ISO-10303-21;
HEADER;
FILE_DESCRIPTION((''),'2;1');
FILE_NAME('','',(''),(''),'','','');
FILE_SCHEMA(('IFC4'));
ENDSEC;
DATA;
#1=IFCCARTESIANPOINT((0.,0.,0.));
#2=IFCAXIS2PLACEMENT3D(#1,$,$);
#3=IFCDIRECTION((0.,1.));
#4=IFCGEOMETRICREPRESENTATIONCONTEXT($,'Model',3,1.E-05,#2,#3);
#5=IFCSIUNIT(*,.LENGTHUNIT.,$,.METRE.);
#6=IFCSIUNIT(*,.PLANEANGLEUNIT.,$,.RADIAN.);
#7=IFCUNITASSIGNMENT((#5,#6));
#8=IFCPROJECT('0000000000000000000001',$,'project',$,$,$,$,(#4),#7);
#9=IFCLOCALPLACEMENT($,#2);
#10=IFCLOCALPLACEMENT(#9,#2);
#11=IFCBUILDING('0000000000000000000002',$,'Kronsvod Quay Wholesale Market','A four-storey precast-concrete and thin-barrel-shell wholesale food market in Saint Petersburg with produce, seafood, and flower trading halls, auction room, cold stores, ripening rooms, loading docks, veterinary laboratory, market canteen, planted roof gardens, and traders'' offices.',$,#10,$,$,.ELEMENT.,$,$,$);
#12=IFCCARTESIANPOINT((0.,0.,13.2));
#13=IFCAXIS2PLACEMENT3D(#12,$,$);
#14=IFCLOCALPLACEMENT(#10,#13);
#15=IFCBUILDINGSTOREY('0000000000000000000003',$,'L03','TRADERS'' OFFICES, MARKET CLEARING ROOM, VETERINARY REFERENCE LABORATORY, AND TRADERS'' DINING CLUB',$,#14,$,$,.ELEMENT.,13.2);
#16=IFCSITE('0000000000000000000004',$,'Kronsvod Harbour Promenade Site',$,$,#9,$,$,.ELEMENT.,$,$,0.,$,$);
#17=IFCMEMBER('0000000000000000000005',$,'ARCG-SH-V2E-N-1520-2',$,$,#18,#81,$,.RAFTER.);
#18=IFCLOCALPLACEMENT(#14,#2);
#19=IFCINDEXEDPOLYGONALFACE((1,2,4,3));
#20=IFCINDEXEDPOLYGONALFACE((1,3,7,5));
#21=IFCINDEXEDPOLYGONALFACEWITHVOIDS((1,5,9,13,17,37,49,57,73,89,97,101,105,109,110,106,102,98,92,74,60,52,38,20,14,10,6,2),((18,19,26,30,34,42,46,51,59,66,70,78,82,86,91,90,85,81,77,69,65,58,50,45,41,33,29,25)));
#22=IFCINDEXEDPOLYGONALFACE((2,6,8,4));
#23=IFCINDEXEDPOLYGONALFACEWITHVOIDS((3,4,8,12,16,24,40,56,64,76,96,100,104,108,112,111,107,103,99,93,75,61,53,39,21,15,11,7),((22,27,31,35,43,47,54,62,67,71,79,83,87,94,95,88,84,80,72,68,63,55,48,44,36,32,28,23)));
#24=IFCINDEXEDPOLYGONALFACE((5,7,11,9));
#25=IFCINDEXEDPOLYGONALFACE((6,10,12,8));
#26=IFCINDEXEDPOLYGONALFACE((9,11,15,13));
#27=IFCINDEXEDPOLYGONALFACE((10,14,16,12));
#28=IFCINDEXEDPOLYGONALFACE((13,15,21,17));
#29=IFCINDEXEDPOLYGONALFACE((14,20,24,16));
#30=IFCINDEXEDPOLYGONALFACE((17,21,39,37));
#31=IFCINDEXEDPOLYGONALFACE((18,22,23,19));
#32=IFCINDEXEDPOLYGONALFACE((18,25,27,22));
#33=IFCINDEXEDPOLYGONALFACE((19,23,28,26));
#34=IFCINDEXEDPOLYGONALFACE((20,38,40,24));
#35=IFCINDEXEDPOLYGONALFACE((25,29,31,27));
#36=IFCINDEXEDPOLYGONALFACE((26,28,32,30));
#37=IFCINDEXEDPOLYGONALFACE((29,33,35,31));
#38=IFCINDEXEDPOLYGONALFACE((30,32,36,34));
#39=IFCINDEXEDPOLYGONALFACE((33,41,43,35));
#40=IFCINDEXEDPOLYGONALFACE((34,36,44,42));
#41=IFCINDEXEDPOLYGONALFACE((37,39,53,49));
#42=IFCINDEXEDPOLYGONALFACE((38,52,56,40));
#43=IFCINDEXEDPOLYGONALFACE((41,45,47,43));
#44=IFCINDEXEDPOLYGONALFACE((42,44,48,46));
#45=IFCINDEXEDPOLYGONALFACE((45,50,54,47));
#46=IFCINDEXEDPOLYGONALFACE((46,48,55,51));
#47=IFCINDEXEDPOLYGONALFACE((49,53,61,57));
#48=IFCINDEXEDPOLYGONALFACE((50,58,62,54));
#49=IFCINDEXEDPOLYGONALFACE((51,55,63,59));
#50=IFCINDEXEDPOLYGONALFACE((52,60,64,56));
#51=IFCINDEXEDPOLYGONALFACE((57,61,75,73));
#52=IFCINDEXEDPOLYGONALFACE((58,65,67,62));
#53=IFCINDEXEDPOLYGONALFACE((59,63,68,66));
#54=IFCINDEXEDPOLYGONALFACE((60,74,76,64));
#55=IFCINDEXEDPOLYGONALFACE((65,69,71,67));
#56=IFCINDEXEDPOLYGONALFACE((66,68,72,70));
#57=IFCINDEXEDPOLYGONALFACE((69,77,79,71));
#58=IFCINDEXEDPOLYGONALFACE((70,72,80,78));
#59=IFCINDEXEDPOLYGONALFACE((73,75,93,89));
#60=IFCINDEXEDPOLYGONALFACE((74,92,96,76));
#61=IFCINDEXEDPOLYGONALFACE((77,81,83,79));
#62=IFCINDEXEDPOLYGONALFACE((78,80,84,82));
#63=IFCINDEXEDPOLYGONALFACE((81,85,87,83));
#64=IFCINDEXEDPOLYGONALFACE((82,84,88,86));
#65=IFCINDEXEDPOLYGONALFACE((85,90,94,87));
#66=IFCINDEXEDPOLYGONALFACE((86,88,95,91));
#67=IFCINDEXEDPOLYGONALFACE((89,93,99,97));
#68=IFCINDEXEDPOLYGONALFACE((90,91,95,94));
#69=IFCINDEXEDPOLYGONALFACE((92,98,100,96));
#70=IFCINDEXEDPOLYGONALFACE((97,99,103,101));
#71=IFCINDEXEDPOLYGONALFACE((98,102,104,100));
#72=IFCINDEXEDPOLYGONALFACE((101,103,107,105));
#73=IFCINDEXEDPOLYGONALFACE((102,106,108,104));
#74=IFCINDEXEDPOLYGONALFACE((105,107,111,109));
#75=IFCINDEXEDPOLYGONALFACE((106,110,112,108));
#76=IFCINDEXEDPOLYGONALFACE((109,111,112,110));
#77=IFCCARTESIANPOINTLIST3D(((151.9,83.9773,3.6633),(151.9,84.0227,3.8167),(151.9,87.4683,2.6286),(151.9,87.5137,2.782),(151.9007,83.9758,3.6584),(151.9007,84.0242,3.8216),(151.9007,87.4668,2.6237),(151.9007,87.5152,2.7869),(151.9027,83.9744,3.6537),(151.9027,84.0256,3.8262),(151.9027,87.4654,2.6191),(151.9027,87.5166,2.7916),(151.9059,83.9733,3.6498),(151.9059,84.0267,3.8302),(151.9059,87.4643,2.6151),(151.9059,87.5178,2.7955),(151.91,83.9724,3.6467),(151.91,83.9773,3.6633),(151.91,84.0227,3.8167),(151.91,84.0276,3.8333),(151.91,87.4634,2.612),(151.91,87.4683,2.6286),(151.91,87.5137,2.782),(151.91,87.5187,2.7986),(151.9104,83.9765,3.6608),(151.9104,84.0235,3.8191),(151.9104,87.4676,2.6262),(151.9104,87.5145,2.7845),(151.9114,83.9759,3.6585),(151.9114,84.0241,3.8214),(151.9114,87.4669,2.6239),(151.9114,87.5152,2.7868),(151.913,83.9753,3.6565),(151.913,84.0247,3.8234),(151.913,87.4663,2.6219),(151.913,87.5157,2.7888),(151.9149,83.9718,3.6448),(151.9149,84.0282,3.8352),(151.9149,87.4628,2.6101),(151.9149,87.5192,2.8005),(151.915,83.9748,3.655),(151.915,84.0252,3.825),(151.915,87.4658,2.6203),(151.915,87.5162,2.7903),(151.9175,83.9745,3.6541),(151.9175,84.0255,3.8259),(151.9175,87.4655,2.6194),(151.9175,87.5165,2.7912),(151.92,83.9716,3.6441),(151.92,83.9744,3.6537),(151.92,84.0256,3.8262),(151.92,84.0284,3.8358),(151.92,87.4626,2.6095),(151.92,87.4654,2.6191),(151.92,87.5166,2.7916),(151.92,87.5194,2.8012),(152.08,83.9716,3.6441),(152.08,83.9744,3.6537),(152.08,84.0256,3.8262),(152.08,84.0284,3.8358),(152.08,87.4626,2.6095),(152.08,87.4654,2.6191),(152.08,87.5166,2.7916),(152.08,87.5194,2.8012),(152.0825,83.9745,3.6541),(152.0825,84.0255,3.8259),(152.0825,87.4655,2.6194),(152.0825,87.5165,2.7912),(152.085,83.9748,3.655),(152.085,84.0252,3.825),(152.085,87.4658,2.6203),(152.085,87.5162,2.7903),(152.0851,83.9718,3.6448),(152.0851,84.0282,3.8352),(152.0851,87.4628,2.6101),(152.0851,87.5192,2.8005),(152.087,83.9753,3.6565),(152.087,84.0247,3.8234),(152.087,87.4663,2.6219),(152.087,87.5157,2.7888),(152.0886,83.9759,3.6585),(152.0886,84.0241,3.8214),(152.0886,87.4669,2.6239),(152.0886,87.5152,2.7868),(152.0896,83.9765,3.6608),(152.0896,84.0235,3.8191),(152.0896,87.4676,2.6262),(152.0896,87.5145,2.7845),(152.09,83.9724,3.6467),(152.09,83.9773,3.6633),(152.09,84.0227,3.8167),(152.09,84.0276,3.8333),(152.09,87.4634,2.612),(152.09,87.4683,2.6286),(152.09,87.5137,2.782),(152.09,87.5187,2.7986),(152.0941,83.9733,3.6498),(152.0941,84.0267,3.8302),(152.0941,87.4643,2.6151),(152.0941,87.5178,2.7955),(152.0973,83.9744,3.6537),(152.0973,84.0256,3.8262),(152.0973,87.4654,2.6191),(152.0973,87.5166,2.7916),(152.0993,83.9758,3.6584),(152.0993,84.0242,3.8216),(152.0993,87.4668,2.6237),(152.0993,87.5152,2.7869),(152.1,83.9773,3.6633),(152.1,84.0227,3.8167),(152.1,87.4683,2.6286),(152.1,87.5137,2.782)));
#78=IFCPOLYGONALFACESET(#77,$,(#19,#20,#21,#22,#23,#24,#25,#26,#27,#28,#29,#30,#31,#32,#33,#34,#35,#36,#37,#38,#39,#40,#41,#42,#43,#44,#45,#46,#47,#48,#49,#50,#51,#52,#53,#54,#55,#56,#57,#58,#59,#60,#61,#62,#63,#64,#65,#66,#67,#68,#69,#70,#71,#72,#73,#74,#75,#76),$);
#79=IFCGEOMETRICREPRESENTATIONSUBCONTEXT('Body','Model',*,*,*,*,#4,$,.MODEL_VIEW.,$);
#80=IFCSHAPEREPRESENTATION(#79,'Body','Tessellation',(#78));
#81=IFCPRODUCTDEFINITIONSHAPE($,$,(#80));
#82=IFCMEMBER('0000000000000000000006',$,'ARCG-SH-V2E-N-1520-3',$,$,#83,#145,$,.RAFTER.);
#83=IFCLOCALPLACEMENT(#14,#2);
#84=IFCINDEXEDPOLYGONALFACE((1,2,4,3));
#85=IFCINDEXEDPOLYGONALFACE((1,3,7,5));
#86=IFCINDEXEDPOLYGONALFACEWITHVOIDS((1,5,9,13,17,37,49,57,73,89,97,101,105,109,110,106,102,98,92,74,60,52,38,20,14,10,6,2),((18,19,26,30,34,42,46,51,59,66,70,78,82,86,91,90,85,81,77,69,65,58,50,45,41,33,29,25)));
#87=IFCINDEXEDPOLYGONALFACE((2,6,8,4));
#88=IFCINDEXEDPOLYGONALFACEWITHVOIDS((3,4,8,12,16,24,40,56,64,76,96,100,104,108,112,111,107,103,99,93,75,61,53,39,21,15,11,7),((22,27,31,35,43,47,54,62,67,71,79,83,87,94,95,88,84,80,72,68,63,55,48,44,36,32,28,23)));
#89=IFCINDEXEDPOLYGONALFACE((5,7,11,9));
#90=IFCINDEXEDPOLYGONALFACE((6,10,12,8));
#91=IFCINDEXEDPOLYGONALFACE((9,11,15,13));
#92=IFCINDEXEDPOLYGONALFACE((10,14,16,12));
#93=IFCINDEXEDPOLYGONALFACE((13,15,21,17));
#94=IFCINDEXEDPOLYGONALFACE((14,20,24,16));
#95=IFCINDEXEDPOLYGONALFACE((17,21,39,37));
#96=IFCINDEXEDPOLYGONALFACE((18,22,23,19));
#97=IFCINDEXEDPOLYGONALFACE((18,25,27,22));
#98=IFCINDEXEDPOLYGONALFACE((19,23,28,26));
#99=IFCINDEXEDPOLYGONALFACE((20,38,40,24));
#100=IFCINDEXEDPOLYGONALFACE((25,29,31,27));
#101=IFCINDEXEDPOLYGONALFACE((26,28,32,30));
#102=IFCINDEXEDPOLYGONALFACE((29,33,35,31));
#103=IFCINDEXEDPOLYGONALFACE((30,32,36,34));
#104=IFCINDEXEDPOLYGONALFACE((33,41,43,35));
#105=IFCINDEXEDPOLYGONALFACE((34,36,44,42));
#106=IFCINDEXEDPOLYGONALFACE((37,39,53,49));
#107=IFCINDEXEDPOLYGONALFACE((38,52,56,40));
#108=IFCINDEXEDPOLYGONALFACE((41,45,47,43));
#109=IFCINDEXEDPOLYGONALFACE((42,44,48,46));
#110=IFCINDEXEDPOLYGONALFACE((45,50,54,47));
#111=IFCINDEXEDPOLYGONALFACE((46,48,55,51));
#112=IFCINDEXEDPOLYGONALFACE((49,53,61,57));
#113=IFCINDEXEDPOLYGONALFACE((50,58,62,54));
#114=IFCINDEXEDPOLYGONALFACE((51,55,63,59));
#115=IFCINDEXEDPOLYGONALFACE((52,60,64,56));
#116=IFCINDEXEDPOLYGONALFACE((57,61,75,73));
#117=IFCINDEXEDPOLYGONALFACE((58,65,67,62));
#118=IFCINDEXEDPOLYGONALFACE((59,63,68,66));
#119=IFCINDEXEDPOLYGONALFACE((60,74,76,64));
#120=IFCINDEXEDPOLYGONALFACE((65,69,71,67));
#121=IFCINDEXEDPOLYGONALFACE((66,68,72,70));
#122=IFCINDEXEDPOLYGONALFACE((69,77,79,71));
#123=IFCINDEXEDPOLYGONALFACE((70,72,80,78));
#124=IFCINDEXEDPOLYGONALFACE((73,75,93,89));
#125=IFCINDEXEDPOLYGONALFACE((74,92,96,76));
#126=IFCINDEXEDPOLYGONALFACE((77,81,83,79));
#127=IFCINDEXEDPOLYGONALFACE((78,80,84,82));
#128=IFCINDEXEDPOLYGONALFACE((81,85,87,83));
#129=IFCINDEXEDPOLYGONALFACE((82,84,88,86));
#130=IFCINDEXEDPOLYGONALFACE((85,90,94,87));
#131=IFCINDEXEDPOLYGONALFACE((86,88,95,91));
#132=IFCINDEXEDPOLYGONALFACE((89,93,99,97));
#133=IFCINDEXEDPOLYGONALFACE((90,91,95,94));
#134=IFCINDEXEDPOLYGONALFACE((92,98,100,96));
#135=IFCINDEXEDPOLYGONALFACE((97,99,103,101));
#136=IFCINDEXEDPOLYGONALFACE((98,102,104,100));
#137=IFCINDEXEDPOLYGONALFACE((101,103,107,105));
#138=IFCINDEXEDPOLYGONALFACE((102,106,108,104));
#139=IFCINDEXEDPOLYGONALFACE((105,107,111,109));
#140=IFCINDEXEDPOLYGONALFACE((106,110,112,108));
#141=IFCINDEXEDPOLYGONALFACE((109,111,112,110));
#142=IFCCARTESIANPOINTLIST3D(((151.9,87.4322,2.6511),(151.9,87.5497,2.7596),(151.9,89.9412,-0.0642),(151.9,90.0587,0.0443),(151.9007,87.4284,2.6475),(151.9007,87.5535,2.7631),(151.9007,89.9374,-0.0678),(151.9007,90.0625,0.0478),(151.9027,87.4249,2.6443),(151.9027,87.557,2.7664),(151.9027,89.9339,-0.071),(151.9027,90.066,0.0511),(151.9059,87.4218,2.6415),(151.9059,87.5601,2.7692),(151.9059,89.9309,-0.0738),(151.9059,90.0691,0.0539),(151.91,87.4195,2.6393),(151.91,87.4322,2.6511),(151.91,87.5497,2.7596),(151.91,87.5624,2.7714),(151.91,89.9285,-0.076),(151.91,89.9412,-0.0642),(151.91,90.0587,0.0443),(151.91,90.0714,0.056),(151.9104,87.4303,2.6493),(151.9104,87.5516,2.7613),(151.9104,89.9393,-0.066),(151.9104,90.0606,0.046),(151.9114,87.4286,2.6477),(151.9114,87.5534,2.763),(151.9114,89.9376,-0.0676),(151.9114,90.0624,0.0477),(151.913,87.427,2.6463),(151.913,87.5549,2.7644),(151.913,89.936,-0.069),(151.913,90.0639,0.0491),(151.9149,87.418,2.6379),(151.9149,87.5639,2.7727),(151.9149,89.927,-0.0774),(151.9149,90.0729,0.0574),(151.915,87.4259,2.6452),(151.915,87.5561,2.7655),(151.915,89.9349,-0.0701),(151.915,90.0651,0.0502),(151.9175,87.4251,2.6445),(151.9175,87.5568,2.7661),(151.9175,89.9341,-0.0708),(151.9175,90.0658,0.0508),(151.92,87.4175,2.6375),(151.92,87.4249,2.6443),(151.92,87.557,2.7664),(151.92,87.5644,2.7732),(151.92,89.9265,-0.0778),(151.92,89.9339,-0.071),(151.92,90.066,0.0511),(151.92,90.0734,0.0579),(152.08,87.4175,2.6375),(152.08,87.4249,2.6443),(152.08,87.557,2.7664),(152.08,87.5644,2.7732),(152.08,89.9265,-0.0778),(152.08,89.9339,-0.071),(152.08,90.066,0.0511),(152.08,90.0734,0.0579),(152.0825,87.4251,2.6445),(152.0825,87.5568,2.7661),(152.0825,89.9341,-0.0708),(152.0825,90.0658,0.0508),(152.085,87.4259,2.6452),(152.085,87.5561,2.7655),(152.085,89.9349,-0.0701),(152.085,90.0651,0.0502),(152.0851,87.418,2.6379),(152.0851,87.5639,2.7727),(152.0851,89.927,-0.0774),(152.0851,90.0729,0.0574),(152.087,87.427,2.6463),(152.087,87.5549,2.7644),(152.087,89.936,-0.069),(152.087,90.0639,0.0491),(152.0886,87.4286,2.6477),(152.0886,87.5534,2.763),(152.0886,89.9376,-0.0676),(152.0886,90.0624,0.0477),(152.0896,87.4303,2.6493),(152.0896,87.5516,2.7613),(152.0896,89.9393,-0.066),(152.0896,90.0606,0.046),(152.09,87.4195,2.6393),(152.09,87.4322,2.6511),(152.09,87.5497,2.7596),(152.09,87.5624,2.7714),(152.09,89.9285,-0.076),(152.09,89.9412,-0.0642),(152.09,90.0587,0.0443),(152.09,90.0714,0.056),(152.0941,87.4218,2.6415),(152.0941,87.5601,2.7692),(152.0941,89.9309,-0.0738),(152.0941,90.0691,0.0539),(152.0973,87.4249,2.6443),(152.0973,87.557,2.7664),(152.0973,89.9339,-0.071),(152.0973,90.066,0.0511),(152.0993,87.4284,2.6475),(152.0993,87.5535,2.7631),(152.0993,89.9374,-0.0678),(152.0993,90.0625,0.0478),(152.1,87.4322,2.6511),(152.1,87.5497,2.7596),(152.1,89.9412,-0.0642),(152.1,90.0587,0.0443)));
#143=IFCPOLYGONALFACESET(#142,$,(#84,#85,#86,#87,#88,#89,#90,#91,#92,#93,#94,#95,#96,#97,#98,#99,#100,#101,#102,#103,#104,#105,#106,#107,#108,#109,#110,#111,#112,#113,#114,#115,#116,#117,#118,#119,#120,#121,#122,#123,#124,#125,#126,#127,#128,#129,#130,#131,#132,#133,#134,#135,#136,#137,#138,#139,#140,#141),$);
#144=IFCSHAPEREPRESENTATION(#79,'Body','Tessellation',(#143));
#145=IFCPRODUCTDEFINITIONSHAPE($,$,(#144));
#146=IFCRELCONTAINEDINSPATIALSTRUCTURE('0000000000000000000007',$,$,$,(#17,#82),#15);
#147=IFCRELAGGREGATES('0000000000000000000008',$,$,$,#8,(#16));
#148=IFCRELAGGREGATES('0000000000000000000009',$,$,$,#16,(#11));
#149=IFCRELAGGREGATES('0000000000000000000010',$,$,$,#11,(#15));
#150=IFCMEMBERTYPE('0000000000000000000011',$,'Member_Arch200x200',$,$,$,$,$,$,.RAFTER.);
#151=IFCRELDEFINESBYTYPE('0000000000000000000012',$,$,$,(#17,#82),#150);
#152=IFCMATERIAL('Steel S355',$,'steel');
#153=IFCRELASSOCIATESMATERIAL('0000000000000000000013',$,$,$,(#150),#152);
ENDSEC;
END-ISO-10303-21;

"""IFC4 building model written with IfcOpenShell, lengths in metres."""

from ifc_helpers import new_model, si_unit, direction, frame, origin, origin_2d, place, context, subcontext, project, spatial, hollow_rectangle, extrude, material, material_profile, profile_set, type_object, element, save


model = new_model("IFC4")

# Units and contexts
model_context = context("Model", 3, precision=1e-05, world=origin(), true_north=direction((0.0, 1.0)))
body_context = subcontext(model_context, "Body", "Model", "MODEL_VIEW")
ifc_project = project(units=[si_unit("LENGTHUNIT", "METRE"), si_unit("PLANEANGLEUNIT", "RADIAN")], contexts=[model_context])

# Site, building, storey
site_placement = place(None, origin())
site = spatial("IfcSite", under=ifc_project, at=site_placement, Name="Kronsvod Harbour Promenade Site", CompositionType="ELEMENT", RefElevation=0.0)
building_placement = place(site_placement, origin())
building = spatial("IfcBuilding", under=site, at=building_placement, Name="Kronsvod Quay Wholesale Market", Description="A four-storey precast-concrete and thin-barrel-shell wholesale food market in Saint Petersburg with produce, seafood, and flower trading halls, auction room, cold stores, ripening rooms, loading docks, veterinary laboratory, market canteen, planted roof gardens, and traders' offices.", CompositionType="ELEMENT")
storey_placement = place(building_placement, frame((0.0, 0.0, 13.2)))
storey = spatial("IfcBuildingStorey", under=building, at=storey_placement, Name="L03", Description="TRADERS' OFFICES, MARKET CLEARING ROOM, VETERINARY REFERENCE LABORATORY, AND TRADERS' DINING CLUB", CompositionType="ELEMENT", Elevation=13.2)

# Members
ifc_material_1 = material(Name="Steel S355", Category="steel")
ifc_material_profile_1 = material_profile(ifc_material_1, hollow_rectangle(XDim=0.2, YDim=0.2, WallThickness=0.01, InnerFilletRadius=0.01, OuterFilletRadius=0.02, at=origin_2d()), Name="RHS200x200x10")
ifc_profile_set_1 = profile_set([ifc_material_profile_1], Name="Steel S355")
member_type_1 = type_object("IfcMemberType", Name="Member_Arch200x200", PredefinedType="RAFTER", material=ifc_profile_set_1)
member_1_placement = place(storey_placement, frame((152.0, 84.0, 3.74), z_axis=(0.0, 0.958775, -0.284166), x_axis=(-1.0, 0.0, 0.0)))
element("IfcMember", 1, at=member_1_placement, inside=storey, type_object=member_type_1, Name="ARCG-SH-V2E-N-1520-2", PredefinedType="RAFTER", context=body_context, shape_type="SweptSolid", body=[
    extrude(hollow_rectangle(XDim=0.2, YDim=0.2, WallThickness=0.01, InnerFilletRadius=0.01, OuterFilletRadius=0.02, at=origin_2d()), origin(), (0.0, 0.0, 1.0), 3.6411),
])
member_2_placement = place(storey_placement, frame((152.0, 87.491, 2.7053), z_axis=(0.0, 0.678656, -0.734456), x_axis=(-1.0, 0.0, 0.0)))
element("IfcMember", 2, at=member_2_placement, inside=storey, type_object=member_type_1, Name="ARCG-SH-V2E-N-1520-3", PredefinedType="RAFTER", context=body_context, shape_type="SweptSolid", body=[
    extrude(hollow_rectangle(XDim=0.2, YDim=0.2, WallThickness=0.01, InnerFilletRadius=0.01, OuterFilletRadius=0.02, at=origin_2d()), origin(), (0.0, 0.0, 1.0), 3.697),
])

save(model, "model.ifc")
